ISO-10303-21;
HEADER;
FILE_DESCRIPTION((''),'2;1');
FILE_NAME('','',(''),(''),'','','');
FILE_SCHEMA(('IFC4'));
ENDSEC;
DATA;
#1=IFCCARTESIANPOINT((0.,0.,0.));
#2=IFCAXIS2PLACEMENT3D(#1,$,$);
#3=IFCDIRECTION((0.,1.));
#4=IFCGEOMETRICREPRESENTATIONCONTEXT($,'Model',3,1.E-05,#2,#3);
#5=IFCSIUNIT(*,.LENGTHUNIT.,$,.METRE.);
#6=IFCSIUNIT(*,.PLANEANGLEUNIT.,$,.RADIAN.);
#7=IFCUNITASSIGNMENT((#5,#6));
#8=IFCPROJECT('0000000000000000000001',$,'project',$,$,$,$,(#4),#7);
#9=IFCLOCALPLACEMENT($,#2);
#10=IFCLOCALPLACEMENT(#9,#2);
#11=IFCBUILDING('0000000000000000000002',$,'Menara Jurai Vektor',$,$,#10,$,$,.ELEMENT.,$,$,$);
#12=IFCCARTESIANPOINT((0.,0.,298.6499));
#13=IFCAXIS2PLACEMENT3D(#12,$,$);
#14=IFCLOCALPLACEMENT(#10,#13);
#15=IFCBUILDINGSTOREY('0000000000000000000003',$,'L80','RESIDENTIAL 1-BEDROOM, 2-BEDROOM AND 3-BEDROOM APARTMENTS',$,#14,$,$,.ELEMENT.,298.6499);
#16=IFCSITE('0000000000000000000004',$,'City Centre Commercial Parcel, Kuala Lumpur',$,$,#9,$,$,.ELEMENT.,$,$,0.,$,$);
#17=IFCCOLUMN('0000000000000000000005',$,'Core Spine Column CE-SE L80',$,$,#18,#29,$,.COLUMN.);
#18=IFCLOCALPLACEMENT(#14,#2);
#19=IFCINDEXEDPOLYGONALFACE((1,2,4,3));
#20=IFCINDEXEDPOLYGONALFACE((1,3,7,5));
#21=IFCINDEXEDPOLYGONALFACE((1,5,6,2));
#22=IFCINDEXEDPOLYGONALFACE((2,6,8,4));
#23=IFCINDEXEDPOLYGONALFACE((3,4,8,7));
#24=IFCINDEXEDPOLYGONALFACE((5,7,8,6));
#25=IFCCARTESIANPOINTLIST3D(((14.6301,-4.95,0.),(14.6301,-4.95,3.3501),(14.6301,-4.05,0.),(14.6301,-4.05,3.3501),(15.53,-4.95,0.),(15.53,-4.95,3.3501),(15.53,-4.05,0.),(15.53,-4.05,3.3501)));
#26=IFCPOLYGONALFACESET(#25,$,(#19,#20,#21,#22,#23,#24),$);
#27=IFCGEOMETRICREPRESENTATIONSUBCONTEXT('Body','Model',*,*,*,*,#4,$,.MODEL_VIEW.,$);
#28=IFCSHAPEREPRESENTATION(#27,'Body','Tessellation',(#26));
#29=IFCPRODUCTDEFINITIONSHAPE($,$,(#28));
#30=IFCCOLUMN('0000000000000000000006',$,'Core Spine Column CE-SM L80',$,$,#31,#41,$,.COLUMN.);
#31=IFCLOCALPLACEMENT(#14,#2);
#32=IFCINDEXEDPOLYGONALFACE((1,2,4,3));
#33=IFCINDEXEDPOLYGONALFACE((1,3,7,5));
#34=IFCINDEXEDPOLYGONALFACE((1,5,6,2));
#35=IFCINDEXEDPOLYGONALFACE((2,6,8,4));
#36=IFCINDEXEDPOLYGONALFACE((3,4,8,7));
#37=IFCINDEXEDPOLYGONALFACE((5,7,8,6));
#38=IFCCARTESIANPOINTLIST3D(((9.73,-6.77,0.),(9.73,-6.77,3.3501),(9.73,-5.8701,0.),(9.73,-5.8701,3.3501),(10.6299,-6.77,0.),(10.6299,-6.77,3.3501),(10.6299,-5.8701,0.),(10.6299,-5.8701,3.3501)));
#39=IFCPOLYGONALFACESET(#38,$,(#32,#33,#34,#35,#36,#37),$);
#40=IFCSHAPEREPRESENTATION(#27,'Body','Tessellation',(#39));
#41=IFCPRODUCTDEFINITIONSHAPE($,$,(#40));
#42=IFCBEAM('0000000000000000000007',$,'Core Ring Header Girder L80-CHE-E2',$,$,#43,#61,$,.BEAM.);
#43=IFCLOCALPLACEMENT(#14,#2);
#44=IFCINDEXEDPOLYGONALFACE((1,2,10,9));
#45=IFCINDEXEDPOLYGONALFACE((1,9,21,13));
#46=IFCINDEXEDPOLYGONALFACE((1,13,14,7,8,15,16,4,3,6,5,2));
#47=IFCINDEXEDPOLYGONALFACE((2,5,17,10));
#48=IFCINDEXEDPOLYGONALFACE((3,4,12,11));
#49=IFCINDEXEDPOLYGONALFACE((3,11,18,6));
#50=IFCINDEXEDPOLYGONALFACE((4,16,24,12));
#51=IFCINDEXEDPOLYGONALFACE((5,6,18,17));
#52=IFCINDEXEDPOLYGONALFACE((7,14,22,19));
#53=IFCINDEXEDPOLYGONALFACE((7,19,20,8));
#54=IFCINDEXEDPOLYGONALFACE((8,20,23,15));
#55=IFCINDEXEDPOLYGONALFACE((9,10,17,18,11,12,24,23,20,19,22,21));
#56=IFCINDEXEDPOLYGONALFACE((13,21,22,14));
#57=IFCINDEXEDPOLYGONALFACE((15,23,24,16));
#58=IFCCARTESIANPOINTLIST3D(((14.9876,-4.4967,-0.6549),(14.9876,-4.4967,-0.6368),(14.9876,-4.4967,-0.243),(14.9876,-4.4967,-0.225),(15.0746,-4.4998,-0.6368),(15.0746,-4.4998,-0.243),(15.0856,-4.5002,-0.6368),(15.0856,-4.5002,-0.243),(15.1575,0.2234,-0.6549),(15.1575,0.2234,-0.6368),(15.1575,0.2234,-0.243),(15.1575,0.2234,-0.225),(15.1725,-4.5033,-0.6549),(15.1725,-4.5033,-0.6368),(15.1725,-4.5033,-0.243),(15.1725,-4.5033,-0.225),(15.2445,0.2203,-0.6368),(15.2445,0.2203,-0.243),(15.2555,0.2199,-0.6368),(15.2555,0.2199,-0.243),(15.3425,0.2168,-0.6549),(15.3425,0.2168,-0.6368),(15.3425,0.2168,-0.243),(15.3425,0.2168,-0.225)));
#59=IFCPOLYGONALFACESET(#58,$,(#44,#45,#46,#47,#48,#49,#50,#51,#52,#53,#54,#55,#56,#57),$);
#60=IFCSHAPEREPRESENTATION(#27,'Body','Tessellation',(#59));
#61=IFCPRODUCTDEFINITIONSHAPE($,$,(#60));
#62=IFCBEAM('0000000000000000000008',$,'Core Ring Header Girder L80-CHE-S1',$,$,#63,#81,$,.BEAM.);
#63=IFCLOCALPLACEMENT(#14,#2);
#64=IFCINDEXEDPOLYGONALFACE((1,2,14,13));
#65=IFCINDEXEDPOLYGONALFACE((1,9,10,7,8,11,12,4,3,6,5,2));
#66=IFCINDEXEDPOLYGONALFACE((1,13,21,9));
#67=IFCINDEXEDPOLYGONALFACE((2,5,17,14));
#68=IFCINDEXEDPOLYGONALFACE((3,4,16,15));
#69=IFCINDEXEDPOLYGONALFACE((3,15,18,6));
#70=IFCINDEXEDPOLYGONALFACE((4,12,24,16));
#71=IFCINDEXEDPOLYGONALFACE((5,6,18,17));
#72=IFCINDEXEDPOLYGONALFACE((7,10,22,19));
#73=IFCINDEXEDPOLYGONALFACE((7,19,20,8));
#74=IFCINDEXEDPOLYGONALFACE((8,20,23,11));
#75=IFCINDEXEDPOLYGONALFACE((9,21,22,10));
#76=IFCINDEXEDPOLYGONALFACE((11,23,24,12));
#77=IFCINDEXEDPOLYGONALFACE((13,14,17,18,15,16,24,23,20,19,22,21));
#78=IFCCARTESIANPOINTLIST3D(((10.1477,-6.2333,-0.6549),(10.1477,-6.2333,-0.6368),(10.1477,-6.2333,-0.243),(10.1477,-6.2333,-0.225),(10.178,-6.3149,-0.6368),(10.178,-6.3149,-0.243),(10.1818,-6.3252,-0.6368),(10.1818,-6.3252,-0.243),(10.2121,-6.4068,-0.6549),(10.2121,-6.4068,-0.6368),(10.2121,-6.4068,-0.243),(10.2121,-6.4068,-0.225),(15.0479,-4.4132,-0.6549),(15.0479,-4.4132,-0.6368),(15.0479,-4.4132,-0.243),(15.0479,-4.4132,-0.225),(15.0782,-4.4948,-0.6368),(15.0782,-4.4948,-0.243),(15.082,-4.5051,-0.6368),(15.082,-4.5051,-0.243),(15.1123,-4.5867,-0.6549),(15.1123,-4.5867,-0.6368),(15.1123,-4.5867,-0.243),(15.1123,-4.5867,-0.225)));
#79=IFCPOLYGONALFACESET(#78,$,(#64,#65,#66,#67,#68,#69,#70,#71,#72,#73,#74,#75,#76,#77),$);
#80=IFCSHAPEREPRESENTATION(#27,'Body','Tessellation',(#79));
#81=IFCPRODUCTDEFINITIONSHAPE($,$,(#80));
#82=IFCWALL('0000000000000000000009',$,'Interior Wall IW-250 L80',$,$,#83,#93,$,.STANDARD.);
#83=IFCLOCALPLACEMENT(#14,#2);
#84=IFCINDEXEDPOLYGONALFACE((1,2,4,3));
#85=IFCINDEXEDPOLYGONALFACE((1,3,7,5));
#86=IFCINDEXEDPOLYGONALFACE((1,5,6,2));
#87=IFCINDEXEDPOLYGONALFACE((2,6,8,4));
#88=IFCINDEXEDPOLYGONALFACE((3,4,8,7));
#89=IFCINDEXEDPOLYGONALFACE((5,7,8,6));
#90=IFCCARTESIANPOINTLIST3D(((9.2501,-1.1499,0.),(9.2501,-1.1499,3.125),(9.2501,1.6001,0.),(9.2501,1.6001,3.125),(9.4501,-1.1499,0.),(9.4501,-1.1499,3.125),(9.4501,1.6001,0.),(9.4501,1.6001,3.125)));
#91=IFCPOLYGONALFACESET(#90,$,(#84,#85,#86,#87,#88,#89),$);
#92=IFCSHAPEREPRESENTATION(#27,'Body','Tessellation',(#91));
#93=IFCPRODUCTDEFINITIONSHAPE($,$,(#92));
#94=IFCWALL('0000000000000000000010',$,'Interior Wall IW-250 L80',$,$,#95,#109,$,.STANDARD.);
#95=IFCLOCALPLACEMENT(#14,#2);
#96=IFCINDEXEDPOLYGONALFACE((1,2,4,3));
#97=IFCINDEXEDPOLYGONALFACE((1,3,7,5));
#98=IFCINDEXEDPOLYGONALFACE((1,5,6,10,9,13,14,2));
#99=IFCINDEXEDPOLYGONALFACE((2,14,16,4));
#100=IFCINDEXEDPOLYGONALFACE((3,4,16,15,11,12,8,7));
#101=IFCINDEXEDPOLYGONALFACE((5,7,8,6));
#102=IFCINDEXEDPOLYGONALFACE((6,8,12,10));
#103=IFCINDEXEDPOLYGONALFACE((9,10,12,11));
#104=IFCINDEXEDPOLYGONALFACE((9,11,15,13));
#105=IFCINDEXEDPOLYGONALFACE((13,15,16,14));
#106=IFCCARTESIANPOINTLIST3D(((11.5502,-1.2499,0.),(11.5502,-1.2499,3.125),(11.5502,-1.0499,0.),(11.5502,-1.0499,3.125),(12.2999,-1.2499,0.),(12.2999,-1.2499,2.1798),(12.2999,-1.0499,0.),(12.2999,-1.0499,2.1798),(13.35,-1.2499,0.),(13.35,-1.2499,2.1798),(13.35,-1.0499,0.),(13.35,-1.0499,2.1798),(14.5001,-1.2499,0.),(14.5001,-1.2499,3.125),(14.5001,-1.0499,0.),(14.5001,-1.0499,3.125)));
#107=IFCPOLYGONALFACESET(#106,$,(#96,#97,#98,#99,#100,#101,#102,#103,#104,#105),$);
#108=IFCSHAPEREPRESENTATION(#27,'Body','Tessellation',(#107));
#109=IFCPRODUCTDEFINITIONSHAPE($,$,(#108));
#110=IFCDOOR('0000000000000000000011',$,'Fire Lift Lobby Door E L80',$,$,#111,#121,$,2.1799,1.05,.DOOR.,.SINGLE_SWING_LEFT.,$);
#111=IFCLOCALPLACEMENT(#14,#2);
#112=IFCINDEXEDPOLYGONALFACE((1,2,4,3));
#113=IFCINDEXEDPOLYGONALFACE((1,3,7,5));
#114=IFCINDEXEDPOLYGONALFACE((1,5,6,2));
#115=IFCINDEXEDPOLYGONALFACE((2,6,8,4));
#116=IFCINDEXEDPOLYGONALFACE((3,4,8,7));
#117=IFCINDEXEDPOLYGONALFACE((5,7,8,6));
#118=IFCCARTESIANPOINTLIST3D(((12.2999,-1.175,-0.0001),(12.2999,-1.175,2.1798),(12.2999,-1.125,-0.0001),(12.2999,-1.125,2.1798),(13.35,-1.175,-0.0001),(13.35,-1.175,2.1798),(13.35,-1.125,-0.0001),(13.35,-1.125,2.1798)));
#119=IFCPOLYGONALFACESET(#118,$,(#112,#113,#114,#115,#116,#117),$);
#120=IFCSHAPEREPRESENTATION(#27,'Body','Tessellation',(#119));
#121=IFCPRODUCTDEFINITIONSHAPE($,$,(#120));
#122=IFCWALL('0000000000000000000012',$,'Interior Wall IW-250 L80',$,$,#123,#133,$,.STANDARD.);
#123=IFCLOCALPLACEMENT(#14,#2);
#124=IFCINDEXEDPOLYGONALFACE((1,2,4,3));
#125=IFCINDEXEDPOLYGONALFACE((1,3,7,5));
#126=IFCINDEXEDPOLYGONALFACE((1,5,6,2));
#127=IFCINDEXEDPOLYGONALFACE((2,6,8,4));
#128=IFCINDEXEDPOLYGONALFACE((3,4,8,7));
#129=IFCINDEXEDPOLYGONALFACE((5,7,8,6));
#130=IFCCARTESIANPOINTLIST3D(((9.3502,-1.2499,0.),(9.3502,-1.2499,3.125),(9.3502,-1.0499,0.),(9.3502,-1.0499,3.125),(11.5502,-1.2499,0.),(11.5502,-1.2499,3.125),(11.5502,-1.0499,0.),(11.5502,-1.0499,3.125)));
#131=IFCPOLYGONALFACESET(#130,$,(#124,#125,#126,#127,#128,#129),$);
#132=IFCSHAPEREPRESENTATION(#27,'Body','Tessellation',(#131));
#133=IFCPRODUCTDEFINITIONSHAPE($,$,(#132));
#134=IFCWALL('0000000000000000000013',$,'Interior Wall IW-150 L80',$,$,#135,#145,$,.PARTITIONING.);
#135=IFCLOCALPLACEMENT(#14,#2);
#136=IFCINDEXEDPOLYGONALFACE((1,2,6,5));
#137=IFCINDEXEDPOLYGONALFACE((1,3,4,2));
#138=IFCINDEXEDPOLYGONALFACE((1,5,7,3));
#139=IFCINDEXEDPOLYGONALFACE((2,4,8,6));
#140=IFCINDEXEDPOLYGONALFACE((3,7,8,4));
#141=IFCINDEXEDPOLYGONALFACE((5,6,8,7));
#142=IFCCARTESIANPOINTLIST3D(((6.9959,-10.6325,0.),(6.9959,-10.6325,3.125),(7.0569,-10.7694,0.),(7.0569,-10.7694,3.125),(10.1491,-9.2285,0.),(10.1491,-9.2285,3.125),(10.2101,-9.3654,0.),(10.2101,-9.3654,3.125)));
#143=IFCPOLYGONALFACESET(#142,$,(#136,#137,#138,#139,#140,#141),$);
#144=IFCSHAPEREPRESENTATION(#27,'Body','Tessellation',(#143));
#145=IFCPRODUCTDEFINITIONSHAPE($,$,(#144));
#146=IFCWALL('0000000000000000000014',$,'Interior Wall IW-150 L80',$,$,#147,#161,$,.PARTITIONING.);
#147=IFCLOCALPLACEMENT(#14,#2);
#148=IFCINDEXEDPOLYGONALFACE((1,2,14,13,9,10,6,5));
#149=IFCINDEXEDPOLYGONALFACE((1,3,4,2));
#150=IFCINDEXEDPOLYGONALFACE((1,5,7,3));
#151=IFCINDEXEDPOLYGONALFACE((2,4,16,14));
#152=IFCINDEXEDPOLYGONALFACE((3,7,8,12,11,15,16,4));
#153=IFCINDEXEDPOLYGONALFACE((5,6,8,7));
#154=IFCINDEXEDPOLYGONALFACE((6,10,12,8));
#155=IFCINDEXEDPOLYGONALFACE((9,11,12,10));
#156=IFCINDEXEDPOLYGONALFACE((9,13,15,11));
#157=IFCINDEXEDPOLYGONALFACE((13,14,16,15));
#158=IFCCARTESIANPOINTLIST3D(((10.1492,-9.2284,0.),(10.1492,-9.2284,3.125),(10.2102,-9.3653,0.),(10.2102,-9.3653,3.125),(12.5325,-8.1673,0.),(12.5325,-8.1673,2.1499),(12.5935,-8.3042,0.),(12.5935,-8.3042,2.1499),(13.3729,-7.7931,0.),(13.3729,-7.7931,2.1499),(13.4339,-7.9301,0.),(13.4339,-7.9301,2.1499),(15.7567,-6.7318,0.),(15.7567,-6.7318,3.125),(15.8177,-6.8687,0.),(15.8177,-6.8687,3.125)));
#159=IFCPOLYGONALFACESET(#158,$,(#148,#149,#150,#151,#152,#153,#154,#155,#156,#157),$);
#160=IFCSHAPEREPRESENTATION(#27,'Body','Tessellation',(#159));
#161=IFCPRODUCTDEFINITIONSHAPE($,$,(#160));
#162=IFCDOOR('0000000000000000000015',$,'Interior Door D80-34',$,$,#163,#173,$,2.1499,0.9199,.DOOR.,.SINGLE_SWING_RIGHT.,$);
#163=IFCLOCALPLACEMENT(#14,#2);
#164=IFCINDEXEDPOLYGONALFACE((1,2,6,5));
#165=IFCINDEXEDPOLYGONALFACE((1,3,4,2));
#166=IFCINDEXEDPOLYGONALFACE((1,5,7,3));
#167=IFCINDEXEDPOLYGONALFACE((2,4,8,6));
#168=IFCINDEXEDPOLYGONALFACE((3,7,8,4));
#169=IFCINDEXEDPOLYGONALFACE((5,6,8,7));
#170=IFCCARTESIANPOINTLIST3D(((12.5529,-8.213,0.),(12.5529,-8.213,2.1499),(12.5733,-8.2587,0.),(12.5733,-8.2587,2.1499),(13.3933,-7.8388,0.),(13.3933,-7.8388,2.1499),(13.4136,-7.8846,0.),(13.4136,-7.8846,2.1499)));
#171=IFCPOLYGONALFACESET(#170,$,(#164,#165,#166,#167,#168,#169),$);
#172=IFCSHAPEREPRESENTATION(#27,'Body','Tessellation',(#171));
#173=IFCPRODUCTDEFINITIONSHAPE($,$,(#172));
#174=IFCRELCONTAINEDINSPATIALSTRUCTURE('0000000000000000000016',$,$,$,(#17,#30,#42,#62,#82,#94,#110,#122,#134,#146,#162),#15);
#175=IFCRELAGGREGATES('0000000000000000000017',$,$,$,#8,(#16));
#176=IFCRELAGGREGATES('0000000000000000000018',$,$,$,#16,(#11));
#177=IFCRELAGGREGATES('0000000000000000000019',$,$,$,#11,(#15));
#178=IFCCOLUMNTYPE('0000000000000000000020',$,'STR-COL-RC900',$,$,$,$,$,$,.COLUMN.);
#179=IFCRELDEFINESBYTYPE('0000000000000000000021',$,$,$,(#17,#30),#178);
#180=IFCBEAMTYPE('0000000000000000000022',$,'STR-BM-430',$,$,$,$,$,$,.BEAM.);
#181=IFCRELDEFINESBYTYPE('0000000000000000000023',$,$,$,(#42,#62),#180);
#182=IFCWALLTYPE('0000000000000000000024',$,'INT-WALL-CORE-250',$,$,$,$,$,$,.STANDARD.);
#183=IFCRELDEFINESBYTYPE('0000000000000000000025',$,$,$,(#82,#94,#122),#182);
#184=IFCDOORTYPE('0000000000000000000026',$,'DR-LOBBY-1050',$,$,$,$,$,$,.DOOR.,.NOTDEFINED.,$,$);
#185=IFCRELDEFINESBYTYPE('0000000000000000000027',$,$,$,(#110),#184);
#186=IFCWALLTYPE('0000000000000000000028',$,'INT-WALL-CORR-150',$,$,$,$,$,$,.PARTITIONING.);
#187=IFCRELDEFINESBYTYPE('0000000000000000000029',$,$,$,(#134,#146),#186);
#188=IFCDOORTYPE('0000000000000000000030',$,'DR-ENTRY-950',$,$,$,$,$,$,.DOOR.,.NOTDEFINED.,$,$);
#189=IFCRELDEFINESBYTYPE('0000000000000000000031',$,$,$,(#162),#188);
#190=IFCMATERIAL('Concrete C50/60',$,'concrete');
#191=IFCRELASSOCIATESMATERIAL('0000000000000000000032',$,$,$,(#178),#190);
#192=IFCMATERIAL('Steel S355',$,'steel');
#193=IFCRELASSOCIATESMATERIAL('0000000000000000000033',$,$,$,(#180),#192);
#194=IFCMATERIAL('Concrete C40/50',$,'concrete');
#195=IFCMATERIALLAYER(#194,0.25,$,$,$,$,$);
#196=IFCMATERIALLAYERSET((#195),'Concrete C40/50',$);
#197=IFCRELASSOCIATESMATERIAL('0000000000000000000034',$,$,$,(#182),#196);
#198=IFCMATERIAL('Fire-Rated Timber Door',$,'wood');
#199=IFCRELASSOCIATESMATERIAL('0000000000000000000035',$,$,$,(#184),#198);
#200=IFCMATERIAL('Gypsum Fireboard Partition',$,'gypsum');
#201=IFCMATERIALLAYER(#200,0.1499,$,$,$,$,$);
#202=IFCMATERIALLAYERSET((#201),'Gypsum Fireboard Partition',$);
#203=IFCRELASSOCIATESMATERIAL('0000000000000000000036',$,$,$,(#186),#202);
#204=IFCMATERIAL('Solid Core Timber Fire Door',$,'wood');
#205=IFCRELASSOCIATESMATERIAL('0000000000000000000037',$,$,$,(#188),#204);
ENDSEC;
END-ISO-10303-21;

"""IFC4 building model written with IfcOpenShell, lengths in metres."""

from ifc_helpers import new_model, si_unit, direction, frame, frame_2d, origin, origin_2d, place, context, subcontext, project, spatial, rectangle, i_section, extrude, material, layer, layer_set, material_profile, profile_set, type_object, element, fill, save


model = new_model("IFC4")

# Units and contexts
model_context = context("Model", 3, precision=1e-05, world=origin(), true_north=direction((0.0, 1.0)))
body_context = subcontext(model_context, "Body", "Model", "MODEL_VIEW")
ifc_project = project(units=[si_unit("LENGTHUNIT", "METRE"), si_unit("PLANEANGLEUNIT", "RADIAN")], contexts=[model_context])

# Site, building, storey
site_placement = place(None, origin())
site = spatial("IfcSite", under=ifc_project, at=site_placement, Name="City Centre Commercial Parcel, Kuala Lumpur", CompositionType="ELEMENT", RefElevation=0.0)
building_placement = place(site_placement, origin())
building = spatial("IfcBuilding", under=site, at=building_placement, Name="Menara Jurai Vektor", CompositionType="ELEMENT")
storey_placement = place(building_placement, frame((0.0, 0.0, 298.6499)))
storey = spatial("IfcBuildingStorey", under=building, at=storey_placement, Name="L80", Description="RESIDENTIAL 1-BEDROOM, 2-BEDROOM AND 3-BEDROOM APARTMENTS", CompositionType="ELEMENT", Elevation=298.6499)

# Columns
ifc_material_1 = material(Name="Concrete C50/60", Category="concrete")
ifc_material_profile_1 = material_profile(ifc_material_1, rectangle(XDim=0.8999, YDim=0.8999, at=origin_2d()), Name="RC 900x900")
ifc_profile_set_1 = profile_set([ifc_material_profile_1], Name="Concrete C50/60")
column_type = type_object("IfcColumnType", Name="STR-COL-RC900", PredefinedType="COLUMN", material=ifc_profile_set_1)
for number, where, z_axis, x_axis, name in (
    (1, (15.0801, -4.5, 0.0), (0.0, 0.0, 1.0), (1.0, 0.0, 0.0), "Core Spine Column CE-SE L80"),
    (2, (10.1799, -6.3201, 0.0), (0.0, 0.0, 1.0), (1.0, 0.0, 0.0), "Core Spine Column CE-SM L80"),
):
    element("IfcColumn", number, at=place(storey_placement, frame(where, z_axis=z_axis, x_axis=x_axis)), inside=storey, type_object=column_type, Name=name, PredefinedType="COLUMN", context=body_context, shape_type="SweptSolid", body=[
        extrude(rectangle(XDim=0.8999, YDim=0.8999, at=origin_2d()), origin(), (0.0, 0.0, 1.0), 3.3501),
    ])

# Beams
ifc_material_2 = material(Name="Steel S355", Category="steel")
ifc_material_profile_2 = material_profile(ifc_material_2, i_section(OverallWidth=0.1851, OverallDepth=0.4299, WebThickness=0.011, FlangeThickness=0.0181, at=origin_2d()), Name="PG 430x185x76")
ifc_profile_set_2 = profile_set([ifc_material_profile_2], Name="Steel S355")
beam_type = type_object("IfcBeamType", Name="STR-BM-430", PredefinedType="BEAM", material=ifc_profile_set_2)
beam_1_placement = place(storey_placement, frame((15.0801, -4.5, -0.4399), z_axis=(0.035977, 0.999353, 0.0), x_axis=(-0.999353, 0.035977, 0.0)))
element("IfcBeam", 3, at=beam_1_placement, inside=storey, type_object=beam_type, Name="Core Ring Header Girder L80-CHE-E2", PredefinedType="BEAM", context=body_context, shape_type="SweptSolid", body=[
    extrude(i_section(OverallWidth=0.1851, OverallDepth=0.4299, WebThickness=0.011, FlangeThickness=0.0181, at=origin_2d()), origin(), (0.0, 0.0, 1.0), 4.7231),
])
beam_2_placement = place(storey_placement, frame((10.1799, -6.3201, -0.4399), z_axis=(0.937424, 0.348189, 0.0), x_axis=(-0.348189, 0.937424, 0.0)))
element("IfcBeam", 4, at=beam_2_placement, inside=storey, type_object=beam_type, Name="Core Ring Header Girder L80-CHE-S1", PredefinedType="BEAM", context=body_context, shape_type="SweptSolid", body=[
    extrude(i_section(OverallWidth=0.1851, OverallDepth=0.4299, WebThickness=0.011, FlangeThickness=0.0181, at=origin_2d()), origin(), (0.0, 0.0, 1.0), 5.2273),
])

# Shared definitions
ifc_material_3 = material(Name="Concrete C40/50", Category="concrete")
ifc_layer_1 = layer(ifc_material_3, 0.25)
ifc_layer_set_1 = layer_set([ifc_layer_1], Name="Concrete C40/50")
wall_type_1 = type_object("IfcWallType", Name="INT-WALL-CORE-250", PredefinedType="STANDARD", material=ifc_layer_set_1)

# Wall
wall_1_placement = place(storey_placement, frame((9.3501, -1.1499, 0.0), z_axis=(0.0, 0.0, 1.0), x_axis=(0.0, 1.0, 0.0)))
element("IfcWall", 5, at=wall_1_placement, inside=storey, type_object=wall_type_1, Name="Interior Wall IW-250 L80", PredefinedType="STANDARD", context=body_context, shape_type="SweptSolid", body=[
    extrude(rectangle(XDim=2.75, YDim=0.2, at=frame_2d((1.375, 0.0))), origin(), (0.0, 0.0, 1.0), 3.125),
])

# Wall, opening, door
wall_2_placement = place(storey_placement, frame((11.55, -1.1499, 0.0), z_axis=(0.0, 0.0, 1.0), x_axis=(1.0, 0.0, 0.0)))
wall_2 = element("IfcWall", 6, at=wall_2_placement, inside=storey, type_object=wall_type_1, Name="Interior Wall IW-250 L80", PredefinedType="STANDARD", context=body_context, shape_type="SweptSolid", body=[
    extrude(rectangle(XDim=2.95, YDim=0.2, at=frame_2d((1.4751, 0.0))), origin(), (0.0, 0.0, 1.0), 3.125),
])
opening_1_placement = place(wall_2_placement, frame((0.75, 0.0, 0.0)))
opening_1 = element("IfcOpeningElement", 7, at=opening_1_placement, cuts=wall_2, PredefinedType="OPENING", context=body_context, shape_type="SweptSolid", body=[
    extrude(rectangle(XDim=1.05, YDim=2.1799, at=frame_2d((0.5249, 1.0898))), frame((0.0, 0.1099, 0.0), z_axis=(0.0, -1.0, 0.0), x_axis=(1.0, 0.0, 0.0)), (0.0, 0.0, 1.0), 0.22),
])
ifc_material_4 = material(Name="Fire-Rated Timber Door", Category="wood")
door_type_1 = type_object("IfcDoorType", Name="DR-LOBBY-1050", OperationType="NOTDEFINED", PredefinedType="DOOR", material=ifc_material_4)
door_1_placement = place(opening_1_placement, origin())
door_1 = element("IfcDoor", 8, at=door_1_placement, inside=storey, type_object=door_type_1, Name="Fire Lift Lobby Door E L80", OperationType="SINGLE_SWING_LEFT", OverallHeight=2.1799, OverallWidth=1.05, PredefinedType="DOOR", context=body_context, shape_type="SweptSolid", body=[
    extrude(rectangle(XDim=1.05, YDim=2.1799, at=frame_2d((0.5249, 1.0898))), frame((0.0, 0.0249, 0.0), z_axis=(0.0, -1.0, 0.0), x_axis=(1.0, 0.0, 0.0)), (0.0, 0.0, 1.0), 0.05),
])
fill(opening_1, door_1)

# Wall
wall_3_placement = place(storey_placement, frame((9.3501, -1.1499, 0.0), z_axis=(0.0, 0.0, 1.0), x_axis=(1.0, 0.0, 0.0)))
element("IfcWall", 9, at=wall_3_placement, inside=storey, type_object=wall_type_1, Name="Interior Wall IW-250 L80", PredefinedType="STANDARD", context=body_context, shape_type="SweptSolid", body=[
    extrude(rectangle(XDim=2.2, YDim=0.2, at=frame_2d((1.1001, 0.0))), origin(), (0.0, 0.0, 1.0), 3.125),
])

# Shared definitions
ifc_material_5 = material(Name="Gypsum Fireboard Partition", Category="gypsum")
ifc_layer_2 = layer(ifc_material_5, 0.1499)
ifc_layer_set_2 = layer_set([ifc_layer_2], Name="Gypsum Fireboard Partition")
wall_type_2 = type_object("IfcWallType", Name="INT-WALL-CORR-150", PredefinedType="PARTITIONING", material=ifc_layer_set_2)
ifc_material_6 = material(Name="Solid Core Timber Fire Door", Category="wood")
door_type_2 = type_object("IfcDoorType", Name="DR-ENTRY-950", OperationType="NOTDEFINED", PredefinedType="DOOR", material=ifc_material_6)

# Wall
wall_4_placement = place(storey_placement, frame((7.0264, -10.7009, 0.0), z_axis=(0.0, 0.0, 1.0), x_axis=(0.913534, 0.406762, 0.0)))
element("IfcWall", 10, at=wall_4_placement, inside=storey, type_object=wall_type_2, Name="Interior Wall IW-150 L80", PredefinedType="PARTITIONING", context=body_context, shape_type="SweptSolid", body=[
    extrude(rectangle(XDim=3.4517, YDim=0.1499, at=frame_2d((1.7258, 0.0))), origin(), (0.0, 0.0, 1.0), 3.125),
])

# Wall, opening, door
wall_5_placement = place(storey_placement, frame((10.1797, -9.2969, 0.0), z_axis=(0.0, 0.0, 1.0), x_axis=(0.913546, 0.406736, 0.0)))
wall_5 = element("IfcWall", 11, at=wall_5_placement, inside=storey, type_object=wall_type_2, Name="Interior Wall IW-150 L80", PredefinedType="PARTITIONING", context=body_context, shape_type="SweptSolid", body=[
    extrude(rectangle(XDim=6.1382, YDim=0.1499, at=frame_2d((3.0691, 0.0))), origin(), (0.0, 0.0, 1.0), 3.125),
])
opening_2_placement = place(wall_5_placement, frame((2.6089, 0.0, 0.0)))
opening_2 = element("IfcOpeningElement", 12, at=opening_2_placement, cuts=wall_5, PredefinedType="OPENING", context=body_context, shape_type="SweptSolid", body=[
    extrude(rectangle(XDim=0.9199, YDim=2.1499, at=frame_2d((0.46, 1.075))), frame((0.0, 0.085, 0.0), z_axis=(0.0, -1.0, 0.0), x_axis=(1.0, 0.0, 0.0)), (0.0, 0.0, 1.0), 0.1699),
])
door_2_placement = place(opening_2_placement, origin())
door_2 = element("IfcDoor", 13, at=door_2_placement, inside=storey, type_object=door_type_2, Name="Interior Door D80-34", OperationType="SINGLE_SWING_RIGHT", OverallHeight=2.1499, OverallWidth=0.9199, PredefinedType="DOOR", context=body_context, shape_type="SweptSolid", body=[
    extrude(rectangle(XDim=0.9199, YDim=2.1499, at=frame_2d((0.46, 1.075))), frame((0.0, 0.0249, 0.0), z_axis=(0.0, -1.0, 0.0), x_axis=(1.0, 0.0, 0.0)), (0.0, 0.0, 1.0), 0.05),
])
fill(opening_2, door_2)

save(model, "model.ifc")
